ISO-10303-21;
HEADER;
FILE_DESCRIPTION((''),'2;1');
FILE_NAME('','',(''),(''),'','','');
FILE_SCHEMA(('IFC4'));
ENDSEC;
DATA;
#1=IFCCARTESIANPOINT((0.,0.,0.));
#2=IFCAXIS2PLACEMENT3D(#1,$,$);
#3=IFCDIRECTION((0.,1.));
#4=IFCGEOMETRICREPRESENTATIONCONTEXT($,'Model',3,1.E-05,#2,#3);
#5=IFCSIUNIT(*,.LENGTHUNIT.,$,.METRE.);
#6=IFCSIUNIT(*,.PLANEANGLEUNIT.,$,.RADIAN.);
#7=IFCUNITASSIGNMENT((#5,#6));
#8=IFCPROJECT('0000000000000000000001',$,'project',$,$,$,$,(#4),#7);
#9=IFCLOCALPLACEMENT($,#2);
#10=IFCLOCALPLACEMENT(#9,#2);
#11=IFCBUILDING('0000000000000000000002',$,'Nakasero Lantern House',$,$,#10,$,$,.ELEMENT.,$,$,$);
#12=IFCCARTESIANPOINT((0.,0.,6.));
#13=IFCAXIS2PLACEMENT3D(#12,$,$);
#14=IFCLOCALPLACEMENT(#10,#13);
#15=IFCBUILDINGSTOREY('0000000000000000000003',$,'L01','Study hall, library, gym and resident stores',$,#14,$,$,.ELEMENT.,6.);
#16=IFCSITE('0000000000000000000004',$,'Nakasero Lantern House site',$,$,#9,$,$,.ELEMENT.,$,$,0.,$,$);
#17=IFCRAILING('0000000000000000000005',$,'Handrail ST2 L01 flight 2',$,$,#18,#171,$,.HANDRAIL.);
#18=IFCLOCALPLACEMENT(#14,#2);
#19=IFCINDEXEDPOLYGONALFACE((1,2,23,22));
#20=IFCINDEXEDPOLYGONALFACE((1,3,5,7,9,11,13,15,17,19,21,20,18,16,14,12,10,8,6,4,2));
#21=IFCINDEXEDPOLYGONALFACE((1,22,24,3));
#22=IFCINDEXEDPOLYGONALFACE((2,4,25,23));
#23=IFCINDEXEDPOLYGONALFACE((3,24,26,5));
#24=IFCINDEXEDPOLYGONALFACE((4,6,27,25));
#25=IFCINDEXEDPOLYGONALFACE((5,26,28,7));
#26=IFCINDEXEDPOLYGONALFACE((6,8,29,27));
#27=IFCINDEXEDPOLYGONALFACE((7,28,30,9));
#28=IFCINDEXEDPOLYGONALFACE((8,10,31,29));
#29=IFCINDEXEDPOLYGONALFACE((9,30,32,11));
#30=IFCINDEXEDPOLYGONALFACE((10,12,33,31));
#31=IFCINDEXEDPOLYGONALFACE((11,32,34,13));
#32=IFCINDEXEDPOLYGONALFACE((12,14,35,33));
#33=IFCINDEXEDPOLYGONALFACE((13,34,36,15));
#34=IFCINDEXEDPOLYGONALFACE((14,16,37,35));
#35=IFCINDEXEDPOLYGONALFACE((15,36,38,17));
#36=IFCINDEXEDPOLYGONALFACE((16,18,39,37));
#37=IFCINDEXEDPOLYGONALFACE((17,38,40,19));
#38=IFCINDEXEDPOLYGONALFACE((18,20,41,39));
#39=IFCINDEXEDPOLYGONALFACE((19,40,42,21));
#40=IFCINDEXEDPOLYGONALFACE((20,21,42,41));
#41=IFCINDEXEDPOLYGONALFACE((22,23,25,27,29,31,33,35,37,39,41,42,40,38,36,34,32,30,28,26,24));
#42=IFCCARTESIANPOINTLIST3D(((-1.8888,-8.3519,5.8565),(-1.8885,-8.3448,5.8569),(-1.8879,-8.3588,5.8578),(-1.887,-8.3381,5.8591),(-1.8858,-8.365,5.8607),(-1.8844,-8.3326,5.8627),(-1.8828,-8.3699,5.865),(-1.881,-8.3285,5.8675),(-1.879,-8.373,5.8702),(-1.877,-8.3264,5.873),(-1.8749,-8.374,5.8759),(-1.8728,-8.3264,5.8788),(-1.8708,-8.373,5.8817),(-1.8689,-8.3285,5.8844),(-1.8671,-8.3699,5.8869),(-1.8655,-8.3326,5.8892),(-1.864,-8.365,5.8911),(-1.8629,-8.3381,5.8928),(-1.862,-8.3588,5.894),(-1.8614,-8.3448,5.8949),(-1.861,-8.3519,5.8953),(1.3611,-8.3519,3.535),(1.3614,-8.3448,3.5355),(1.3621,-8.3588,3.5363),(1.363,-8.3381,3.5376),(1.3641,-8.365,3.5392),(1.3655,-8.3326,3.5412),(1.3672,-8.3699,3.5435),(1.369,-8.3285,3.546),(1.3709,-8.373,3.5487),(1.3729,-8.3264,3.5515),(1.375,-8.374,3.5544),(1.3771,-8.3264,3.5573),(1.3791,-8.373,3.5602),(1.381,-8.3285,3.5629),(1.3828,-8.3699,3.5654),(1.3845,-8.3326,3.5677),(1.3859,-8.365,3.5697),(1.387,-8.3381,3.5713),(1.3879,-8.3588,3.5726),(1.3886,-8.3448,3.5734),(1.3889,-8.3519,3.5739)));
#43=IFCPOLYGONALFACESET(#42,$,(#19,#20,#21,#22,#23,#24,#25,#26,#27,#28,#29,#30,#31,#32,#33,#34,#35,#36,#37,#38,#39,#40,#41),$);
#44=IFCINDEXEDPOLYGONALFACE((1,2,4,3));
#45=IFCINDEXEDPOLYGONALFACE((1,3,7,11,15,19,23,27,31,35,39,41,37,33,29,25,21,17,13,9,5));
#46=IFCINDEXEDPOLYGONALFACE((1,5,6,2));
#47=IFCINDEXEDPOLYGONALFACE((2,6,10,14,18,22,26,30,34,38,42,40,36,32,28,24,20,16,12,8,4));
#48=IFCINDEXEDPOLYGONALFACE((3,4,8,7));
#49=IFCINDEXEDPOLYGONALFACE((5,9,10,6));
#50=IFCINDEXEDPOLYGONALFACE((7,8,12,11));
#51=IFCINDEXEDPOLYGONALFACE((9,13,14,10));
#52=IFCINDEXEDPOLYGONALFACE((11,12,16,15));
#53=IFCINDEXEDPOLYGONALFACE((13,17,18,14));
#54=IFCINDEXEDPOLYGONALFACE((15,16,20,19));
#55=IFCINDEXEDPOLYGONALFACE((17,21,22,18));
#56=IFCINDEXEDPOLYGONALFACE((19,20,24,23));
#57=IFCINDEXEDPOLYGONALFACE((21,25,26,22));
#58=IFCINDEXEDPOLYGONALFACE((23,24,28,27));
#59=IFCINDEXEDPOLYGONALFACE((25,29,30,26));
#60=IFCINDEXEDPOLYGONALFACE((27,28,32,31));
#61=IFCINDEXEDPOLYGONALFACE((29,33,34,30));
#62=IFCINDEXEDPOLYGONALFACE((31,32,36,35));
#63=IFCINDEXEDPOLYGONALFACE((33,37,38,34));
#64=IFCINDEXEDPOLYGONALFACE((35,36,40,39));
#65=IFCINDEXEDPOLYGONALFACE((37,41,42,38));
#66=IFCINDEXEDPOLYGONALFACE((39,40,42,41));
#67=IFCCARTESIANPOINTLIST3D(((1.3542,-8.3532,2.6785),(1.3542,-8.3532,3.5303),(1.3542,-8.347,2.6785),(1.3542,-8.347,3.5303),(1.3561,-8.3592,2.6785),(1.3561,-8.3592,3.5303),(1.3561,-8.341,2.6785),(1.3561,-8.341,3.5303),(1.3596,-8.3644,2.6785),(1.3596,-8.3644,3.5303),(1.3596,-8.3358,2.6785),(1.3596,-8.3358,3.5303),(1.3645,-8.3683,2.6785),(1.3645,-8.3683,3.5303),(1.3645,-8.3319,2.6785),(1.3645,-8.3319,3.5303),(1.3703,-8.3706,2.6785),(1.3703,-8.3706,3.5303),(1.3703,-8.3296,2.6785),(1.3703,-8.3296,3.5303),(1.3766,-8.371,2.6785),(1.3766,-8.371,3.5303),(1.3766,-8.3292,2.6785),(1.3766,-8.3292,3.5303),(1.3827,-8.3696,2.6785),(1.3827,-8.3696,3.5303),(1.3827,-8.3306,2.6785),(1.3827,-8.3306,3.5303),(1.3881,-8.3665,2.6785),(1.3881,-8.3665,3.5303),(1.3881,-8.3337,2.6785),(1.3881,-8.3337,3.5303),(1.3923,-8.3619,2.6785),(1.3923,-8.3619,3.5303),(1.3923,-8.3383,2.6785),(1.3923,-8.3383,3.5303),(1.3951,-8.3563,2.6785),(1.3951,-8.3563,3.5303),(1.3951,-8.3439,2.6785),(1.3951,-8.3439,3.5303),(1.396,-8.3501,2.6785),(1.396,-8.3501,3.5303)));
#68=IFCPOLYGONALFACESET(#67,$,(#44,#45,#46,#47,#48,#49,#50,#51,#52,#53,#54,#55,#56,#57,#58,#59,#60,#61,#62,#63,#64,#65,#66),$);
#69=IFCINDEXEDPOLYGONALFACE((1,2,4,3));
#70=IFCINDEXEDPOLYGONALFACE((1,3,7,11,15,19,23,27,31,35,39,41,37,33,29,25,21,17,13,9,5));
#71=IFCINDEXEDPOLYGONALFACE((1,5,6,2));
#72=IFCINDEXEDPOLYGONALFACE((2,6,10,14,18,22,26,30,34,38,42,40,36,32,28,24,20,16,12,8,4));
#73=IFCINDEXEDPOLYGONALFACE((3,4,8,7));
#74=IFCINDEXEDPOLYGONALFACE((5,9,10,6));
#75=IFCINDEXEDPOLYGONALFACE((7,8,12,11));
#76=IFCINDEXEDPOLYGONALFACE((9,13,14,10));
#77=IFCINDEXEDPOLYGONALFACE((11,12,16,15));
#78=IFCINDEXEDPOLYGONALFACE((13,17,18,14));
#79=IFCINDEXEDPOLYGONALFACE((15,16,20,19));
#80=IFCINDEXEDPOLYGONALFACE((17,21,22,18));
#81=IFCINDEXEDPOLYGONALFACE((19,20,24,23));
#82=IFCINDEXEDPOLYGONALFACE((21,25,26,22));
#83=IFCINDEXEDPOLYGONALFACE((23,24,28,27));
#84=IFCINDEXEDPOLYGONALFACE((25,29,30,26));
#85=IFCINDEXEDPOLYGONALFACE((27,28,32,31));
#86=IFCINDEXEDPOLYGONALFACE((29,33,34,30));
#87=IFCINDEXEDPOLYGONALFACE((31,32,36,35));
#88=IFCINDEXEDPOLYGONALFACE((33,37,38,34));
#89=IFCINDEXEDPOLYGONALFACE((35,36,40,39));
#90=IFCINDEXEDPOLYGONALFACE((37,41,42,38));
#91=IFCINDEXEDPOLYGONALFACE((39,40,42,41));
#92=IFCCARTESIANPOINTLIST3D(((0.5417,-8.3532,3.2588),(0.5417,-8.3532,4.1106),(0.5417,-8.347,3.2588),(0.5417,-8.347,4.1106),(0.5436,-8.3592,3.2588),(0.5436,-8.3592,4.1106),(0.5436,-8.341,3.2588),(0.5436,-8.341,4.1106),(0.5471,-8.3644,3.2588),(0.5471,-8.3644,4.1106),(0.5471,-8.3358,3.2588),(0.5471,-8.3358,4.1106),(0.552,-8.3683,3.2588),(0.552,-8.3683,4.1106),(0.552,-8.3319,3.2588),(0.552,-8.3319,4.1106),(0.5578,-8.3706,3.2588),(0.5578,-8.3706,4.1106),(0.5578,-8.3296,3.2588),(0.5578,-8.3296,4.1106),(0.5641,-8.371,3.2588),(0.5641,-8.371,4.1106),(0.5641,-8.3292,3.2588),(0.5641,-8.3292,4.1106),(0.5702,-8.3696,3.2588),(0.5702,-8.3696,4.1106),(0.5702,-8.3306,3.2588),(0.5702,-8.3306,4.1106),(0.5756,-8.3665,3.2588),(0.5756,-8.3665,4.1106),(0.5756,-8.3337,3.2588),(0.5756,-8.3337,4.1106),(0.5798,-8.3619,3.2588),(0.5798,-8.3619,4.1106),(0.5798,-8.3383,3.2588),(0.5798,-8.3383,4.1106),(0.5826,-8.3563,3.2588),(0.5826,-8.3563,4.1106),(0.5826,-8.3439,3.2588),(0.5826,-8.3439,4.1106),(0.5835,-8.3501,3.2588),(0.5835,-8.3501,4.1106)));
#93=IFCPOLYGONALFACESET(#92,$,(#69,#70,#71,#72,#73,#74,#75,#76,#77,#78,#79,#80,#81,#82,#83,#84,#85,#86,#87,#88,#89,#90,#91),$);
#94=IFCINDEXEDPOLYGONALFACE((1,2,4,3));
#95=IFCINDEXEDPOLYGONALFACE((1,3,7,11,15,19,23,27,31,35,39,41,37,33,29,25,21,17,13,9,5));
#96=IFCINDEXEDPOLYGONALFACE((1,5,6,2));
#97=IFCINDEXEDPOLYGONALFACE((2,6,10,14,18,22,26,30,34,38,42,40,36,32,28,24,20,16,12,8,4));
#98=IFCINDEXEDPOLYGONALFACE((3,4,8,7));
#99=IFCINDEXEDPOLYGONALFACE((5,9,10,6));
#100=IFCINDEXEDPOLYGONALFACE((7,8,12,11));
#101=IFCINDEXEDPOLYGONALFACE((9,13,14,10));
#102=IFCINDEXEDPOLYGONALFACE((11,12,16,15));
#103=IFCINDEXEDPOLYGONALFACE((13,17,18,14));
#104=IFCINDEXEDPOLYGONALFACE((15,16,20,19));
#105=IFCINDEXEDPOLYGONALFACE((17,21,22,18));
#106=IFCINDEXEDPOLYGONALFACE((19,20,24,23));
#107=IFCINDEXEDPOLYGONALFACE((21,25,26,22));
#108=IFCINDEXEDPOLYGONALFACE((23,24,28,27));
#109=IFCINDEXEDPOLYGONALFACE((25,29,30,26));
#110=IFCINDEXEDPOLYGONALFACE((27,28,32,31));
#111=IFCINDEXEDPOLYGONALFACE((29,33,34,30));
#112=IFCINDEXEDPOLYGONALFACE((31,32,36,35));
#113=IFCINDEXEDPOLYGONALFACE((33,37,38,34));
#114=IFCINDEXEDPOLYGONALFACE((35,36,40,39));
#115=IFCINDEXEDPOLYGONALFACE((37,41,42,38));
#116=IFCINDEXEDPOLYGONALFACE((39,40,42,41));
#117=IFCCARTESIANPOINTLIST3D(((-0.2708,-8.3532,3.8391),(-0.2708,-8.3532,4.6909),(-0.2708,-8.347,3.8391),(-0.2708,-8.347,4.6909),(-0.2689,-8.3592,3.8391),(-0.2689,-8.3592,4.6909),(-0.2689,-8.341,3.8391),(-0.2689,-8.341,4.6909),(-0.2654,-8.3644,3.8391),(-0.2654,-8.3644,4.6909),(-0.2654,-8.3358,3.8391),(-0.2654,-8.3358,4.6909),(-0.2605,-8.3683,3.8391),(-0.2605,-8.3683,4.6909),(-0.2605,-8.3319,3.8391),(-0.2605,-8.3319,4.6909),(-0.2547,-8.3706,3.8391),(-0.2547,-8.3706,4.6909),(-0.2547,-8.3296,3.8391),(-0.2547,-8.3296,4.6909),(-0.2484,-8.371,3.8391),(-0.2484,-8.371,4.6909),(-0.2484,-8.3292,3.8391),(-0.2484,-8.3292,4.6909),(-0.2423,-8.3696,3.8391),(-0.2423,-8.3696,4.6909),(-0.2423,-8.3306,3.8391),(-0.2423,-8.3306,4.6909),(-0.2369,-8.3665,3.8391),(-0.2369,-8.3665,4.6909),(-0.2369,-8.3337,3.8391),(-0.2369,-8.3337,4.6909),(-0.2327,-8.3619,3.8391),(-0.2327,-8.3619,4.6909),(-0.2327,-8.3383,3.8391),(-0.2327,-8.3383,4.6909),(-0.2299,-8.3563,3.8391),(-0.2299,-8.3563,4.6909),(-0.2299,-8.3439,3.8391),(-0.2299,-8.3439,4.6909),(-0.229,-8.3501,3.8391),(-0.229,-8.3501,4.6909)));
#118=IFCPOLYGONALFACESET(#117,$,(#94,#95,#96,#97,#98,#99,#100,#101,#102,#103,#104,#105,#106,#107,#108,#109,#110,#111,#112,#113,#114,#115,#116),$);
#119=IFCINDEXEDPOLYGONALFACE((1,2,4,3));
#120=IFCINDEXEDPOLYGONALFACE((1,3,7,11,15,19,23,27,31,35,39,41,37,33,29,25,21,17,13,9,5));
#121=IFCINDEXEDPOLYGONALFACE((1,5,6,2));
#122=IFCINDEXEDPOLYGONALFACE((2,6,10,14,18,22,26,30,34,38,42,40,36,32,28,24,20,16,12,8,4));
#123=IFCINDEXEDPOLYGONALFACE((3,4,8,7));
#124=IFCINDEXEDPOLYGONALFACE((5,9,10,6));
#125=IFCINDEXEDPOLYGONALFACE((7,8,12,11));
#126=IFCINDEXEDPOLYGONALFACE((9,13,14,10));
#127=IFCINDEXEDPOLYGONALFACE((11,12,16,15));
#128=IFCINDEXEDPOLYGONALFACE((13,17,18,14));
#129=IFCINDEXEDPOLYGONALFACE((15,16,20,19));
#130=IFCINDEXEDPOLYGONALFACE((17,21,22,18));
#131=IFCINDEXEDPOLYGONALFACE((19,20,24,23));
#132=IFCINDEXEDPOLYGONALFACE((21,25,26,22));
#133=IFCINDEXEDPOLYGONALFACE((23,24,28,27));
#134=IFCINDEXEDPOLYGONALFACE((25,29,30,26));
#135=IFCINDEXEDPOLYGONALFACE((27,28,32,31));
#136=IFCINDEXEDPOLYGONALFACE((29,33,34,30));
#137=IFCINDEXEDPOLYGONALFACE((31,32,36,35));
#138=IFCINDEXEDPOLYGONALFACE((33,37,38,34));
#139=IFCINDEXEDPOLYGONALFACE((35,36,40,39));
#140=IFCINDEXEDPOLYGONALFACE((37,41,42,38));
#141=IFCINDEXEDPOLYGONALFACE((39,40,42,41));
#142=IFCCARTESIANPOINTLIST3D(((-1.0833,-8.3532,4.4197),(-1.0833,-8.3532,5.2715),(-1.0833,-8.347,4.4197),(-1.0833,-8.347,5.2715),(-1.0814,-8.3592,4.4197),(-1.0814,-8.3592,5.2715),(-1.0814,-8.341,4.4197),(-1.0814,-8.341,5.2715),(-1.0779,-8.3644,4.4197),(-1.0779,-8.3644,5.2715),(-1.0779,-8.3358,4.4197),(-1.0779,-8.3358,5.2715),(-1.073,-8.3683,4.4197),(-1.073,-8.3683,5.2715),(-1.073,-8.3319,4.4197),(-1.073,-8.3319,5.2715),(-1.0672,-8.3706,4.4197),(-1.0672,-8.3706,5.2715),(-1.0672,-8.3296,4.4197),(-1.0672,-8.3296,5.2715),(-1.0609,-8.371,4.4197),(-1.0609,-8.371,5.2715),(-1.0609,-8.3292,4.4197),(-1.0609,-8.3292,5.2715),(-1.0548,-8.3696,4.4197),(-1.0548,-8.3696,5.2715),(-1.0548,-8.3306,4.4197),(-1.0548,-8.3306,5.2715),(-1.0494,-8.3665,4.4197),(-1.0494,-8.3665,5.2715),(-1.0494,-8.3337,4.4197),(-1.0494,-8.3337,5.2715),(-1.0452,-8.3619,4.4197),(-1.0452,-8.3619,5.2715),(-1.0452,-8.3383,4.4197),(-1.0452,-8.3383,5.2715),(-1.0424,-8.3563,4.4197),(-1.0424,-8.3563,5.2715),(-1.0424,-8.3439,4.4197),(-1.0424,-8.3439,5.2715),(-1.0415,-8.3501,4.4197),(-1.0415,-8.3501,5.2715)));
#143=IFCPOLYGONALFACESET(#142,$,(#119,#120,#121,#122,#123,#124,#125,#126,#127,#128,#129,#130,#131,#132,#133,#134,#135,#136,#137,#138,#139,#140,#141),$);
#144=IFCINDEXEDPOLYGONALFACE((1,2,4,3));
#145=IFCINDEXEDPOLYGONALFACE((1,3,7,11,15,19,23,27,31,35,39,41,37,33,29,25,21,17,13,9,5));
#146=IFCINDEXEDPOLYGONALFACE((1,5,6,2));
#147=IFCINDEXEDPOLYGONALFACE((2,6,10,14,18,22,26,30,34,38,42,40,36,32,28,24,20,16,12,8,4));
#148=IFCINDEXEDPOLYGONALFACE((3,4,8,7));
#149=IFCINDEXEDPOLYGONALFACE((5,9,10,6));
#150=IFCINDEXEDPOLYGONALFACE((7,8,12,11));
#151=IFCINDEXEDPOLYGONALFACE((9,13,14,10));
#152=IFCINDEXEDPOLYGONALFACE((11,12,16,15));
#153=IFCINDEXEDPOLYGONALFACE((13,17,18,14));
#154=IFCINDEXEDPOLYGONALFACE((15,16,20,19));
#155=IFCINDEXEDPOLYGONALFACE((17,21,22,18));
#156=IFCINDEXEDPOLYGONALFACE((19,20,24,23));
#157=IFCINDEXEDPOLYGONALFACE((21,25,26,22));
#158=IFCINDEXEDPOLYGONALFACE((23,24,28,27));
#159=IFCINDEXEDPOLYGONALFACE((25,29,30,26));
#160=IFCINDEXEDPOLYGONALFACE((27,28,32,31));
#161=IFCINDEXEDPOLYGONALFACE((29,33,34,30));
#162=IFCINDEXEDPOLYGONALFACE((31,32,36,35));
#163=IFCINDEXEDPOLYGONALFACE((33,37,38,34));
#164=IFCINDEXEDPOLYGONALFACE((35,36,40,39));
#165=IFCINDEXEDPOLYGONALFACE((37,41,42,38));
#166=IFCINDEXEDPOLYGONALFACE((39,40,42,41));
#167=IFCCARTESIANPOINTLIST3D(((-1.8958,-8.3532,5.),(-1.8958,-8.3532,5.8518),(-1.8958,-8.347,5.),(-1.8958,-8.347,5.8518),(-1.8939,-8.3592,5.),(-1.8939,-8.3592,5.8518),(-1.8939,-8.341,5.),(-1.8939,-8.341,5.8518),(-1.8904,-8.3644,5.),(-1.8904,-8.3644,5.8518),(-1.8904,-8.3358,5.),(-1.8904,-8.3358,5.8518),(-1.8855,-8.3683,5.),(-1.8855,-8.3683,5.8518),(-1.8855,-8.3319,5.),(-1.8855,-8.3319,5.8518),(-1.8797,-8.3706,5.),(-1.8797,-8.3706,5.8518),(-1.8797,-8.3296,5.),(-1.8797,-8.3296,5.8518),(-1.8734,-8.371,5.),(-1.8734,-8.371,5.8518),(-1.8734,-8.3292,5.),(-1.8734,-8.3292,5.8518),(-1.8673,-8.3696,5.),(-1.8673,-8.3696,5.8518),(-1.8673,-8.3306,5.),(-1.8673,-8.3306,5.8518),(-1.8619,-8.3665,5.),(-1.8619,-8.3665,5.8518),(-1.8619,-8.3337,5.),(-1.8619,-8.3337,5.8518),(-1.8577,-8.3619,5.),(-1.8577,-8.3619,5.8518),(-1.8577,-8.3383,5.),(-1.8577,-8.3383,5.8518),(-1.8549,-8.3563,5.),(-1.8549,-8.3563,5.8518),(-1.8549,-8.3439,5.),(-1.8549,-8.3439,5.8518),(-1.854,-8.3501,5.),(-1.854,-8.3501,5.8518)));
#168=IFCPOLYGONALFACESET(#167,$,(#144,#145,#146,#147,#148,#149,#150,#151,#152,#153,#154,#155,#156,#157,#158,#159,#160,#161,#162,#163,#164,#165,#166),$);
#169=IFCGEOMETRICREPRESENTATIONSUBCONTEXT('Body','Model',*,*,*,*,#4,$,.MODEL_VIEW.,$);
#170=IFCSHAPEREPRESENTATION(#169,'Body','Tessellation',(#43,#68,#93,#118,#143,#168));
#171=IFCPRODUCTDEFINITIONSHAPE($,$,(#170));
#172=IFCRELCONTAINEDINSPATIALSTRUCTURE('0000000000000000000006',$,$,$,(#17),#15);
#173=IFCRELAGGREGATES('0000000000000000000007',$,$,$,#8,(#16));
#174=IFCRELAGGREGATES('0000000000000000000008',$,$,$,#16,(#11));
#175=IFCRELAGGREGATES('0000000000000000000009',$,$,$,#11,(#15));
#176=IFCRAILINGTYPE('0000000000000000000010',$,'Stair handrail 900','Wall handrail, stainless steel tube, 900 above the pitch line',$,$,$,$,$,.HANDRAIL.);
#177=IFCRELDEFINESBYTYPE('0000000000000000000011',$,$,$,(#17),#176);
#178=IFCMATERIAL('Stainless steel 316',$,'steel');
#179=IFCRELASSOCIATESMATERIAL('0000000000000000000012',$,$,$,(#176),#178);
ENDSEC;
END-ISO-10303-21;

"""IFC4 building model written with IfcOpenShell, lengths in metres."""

from ifc_helpers import new_model, si_unit, direction, frame, origin, origin_2d, place, context, subcontext, project, spatial, circle, extrude, material, type_object, element, save


model = new_model("IFC4")

# Units and contexts
model_context = context("Model", 3, precision=1e-05, world=origin(), true_north=direction((0.0, 1.0)))
body_context = subcontext(model_context, "Body", "Model", "MODEL_VIEW")
ifc_project = project(units=[si_unit("LENGTHUNIT", "METRE"), si_unit("PLANEANGLEUNIT", "RADIAN")], contexts=[model_context])

# Site, building, storey
site_placement = place(None, origin())
site = spatial("IfcSite", under=ifc_project, at=site_placement, Name="Nakasero Lantern House site", CompositionType="ELEMENT", RefElevation=0.0)
building_placement = place(site_placement, origin())
building = spatial("IfcBuilding", under=site, at=building_placement, Name="Nakasero Lantern House", CompositionType="ELEMENT")
storey_placement = place(building_placement, frame((0.0, 0.0, 6.0)))
storey = spatial("IfcBuildingStorey", under=building, at=storey_placement, Name="L01", Description="Study hall, library, gym and resident stores", CompositionType="ELEMENT", Elevation=6.0)

# Railing
ifc_material_1 = material(Name="Stainless steel 316", Category="steel")
railing_type = type_object("IfcRailingType", Name="Stair handrail 900", Description="Wall handrail, stainless steel tube, 900 above the pitch line", PredefinedType="HANDRAIL", material=ifc_material_1)
railing_placement = place(storey_placement, frame((1.375, -8.3501, 2.6785)))
element("IfcRailing", 1, at=railing_placement, inside=storey, type_object=railing_type, Name="Handrail ST2 L01 flight 2", PredefinedType="HANDRAIL", context=body_context, shape_type="SweptSolid", body=[
    extrude(circle(Radius=0.0239, at=origin_2d()), frame((0.0, 0.0, 0.876), z_axis=(-0.813721, 0.0, 0.581256), x_axis=(0.0, -1.0, 0.0)), (0.0, 0.0, 1.0), 3.9939),
    extrude(circle(Radius=0.021, at=origin_2d()), origin(), (0.0, 0.0, 1.0), 0.8518),
    extrude(circle(Radius=0.021, at=origin_2d()), frame((-0.8125, 0.0, 0.5803)), (0.0, 0.0, 1.0), 0.8518),
    extrude(circle(Radius=0.021, at=origin_2d()), frame((-1.625, 0.0, 1.1606)), (0.0, 0.0, 1.0), 0.8518),
    extrude(circle(Radius=0.021, at=origin_2d()), frame((-2.4375, 0.0, 1.7412)), (0.0, 0.0, 1.0), 0.8518),
    extrude(circle(Radius=0.021, at=origin_2d()), frame((-3.25, 0.0, 2.3215)), (0.0, 0.0, 1.0), 0.8518),
])

save(model, "model.ifc")
